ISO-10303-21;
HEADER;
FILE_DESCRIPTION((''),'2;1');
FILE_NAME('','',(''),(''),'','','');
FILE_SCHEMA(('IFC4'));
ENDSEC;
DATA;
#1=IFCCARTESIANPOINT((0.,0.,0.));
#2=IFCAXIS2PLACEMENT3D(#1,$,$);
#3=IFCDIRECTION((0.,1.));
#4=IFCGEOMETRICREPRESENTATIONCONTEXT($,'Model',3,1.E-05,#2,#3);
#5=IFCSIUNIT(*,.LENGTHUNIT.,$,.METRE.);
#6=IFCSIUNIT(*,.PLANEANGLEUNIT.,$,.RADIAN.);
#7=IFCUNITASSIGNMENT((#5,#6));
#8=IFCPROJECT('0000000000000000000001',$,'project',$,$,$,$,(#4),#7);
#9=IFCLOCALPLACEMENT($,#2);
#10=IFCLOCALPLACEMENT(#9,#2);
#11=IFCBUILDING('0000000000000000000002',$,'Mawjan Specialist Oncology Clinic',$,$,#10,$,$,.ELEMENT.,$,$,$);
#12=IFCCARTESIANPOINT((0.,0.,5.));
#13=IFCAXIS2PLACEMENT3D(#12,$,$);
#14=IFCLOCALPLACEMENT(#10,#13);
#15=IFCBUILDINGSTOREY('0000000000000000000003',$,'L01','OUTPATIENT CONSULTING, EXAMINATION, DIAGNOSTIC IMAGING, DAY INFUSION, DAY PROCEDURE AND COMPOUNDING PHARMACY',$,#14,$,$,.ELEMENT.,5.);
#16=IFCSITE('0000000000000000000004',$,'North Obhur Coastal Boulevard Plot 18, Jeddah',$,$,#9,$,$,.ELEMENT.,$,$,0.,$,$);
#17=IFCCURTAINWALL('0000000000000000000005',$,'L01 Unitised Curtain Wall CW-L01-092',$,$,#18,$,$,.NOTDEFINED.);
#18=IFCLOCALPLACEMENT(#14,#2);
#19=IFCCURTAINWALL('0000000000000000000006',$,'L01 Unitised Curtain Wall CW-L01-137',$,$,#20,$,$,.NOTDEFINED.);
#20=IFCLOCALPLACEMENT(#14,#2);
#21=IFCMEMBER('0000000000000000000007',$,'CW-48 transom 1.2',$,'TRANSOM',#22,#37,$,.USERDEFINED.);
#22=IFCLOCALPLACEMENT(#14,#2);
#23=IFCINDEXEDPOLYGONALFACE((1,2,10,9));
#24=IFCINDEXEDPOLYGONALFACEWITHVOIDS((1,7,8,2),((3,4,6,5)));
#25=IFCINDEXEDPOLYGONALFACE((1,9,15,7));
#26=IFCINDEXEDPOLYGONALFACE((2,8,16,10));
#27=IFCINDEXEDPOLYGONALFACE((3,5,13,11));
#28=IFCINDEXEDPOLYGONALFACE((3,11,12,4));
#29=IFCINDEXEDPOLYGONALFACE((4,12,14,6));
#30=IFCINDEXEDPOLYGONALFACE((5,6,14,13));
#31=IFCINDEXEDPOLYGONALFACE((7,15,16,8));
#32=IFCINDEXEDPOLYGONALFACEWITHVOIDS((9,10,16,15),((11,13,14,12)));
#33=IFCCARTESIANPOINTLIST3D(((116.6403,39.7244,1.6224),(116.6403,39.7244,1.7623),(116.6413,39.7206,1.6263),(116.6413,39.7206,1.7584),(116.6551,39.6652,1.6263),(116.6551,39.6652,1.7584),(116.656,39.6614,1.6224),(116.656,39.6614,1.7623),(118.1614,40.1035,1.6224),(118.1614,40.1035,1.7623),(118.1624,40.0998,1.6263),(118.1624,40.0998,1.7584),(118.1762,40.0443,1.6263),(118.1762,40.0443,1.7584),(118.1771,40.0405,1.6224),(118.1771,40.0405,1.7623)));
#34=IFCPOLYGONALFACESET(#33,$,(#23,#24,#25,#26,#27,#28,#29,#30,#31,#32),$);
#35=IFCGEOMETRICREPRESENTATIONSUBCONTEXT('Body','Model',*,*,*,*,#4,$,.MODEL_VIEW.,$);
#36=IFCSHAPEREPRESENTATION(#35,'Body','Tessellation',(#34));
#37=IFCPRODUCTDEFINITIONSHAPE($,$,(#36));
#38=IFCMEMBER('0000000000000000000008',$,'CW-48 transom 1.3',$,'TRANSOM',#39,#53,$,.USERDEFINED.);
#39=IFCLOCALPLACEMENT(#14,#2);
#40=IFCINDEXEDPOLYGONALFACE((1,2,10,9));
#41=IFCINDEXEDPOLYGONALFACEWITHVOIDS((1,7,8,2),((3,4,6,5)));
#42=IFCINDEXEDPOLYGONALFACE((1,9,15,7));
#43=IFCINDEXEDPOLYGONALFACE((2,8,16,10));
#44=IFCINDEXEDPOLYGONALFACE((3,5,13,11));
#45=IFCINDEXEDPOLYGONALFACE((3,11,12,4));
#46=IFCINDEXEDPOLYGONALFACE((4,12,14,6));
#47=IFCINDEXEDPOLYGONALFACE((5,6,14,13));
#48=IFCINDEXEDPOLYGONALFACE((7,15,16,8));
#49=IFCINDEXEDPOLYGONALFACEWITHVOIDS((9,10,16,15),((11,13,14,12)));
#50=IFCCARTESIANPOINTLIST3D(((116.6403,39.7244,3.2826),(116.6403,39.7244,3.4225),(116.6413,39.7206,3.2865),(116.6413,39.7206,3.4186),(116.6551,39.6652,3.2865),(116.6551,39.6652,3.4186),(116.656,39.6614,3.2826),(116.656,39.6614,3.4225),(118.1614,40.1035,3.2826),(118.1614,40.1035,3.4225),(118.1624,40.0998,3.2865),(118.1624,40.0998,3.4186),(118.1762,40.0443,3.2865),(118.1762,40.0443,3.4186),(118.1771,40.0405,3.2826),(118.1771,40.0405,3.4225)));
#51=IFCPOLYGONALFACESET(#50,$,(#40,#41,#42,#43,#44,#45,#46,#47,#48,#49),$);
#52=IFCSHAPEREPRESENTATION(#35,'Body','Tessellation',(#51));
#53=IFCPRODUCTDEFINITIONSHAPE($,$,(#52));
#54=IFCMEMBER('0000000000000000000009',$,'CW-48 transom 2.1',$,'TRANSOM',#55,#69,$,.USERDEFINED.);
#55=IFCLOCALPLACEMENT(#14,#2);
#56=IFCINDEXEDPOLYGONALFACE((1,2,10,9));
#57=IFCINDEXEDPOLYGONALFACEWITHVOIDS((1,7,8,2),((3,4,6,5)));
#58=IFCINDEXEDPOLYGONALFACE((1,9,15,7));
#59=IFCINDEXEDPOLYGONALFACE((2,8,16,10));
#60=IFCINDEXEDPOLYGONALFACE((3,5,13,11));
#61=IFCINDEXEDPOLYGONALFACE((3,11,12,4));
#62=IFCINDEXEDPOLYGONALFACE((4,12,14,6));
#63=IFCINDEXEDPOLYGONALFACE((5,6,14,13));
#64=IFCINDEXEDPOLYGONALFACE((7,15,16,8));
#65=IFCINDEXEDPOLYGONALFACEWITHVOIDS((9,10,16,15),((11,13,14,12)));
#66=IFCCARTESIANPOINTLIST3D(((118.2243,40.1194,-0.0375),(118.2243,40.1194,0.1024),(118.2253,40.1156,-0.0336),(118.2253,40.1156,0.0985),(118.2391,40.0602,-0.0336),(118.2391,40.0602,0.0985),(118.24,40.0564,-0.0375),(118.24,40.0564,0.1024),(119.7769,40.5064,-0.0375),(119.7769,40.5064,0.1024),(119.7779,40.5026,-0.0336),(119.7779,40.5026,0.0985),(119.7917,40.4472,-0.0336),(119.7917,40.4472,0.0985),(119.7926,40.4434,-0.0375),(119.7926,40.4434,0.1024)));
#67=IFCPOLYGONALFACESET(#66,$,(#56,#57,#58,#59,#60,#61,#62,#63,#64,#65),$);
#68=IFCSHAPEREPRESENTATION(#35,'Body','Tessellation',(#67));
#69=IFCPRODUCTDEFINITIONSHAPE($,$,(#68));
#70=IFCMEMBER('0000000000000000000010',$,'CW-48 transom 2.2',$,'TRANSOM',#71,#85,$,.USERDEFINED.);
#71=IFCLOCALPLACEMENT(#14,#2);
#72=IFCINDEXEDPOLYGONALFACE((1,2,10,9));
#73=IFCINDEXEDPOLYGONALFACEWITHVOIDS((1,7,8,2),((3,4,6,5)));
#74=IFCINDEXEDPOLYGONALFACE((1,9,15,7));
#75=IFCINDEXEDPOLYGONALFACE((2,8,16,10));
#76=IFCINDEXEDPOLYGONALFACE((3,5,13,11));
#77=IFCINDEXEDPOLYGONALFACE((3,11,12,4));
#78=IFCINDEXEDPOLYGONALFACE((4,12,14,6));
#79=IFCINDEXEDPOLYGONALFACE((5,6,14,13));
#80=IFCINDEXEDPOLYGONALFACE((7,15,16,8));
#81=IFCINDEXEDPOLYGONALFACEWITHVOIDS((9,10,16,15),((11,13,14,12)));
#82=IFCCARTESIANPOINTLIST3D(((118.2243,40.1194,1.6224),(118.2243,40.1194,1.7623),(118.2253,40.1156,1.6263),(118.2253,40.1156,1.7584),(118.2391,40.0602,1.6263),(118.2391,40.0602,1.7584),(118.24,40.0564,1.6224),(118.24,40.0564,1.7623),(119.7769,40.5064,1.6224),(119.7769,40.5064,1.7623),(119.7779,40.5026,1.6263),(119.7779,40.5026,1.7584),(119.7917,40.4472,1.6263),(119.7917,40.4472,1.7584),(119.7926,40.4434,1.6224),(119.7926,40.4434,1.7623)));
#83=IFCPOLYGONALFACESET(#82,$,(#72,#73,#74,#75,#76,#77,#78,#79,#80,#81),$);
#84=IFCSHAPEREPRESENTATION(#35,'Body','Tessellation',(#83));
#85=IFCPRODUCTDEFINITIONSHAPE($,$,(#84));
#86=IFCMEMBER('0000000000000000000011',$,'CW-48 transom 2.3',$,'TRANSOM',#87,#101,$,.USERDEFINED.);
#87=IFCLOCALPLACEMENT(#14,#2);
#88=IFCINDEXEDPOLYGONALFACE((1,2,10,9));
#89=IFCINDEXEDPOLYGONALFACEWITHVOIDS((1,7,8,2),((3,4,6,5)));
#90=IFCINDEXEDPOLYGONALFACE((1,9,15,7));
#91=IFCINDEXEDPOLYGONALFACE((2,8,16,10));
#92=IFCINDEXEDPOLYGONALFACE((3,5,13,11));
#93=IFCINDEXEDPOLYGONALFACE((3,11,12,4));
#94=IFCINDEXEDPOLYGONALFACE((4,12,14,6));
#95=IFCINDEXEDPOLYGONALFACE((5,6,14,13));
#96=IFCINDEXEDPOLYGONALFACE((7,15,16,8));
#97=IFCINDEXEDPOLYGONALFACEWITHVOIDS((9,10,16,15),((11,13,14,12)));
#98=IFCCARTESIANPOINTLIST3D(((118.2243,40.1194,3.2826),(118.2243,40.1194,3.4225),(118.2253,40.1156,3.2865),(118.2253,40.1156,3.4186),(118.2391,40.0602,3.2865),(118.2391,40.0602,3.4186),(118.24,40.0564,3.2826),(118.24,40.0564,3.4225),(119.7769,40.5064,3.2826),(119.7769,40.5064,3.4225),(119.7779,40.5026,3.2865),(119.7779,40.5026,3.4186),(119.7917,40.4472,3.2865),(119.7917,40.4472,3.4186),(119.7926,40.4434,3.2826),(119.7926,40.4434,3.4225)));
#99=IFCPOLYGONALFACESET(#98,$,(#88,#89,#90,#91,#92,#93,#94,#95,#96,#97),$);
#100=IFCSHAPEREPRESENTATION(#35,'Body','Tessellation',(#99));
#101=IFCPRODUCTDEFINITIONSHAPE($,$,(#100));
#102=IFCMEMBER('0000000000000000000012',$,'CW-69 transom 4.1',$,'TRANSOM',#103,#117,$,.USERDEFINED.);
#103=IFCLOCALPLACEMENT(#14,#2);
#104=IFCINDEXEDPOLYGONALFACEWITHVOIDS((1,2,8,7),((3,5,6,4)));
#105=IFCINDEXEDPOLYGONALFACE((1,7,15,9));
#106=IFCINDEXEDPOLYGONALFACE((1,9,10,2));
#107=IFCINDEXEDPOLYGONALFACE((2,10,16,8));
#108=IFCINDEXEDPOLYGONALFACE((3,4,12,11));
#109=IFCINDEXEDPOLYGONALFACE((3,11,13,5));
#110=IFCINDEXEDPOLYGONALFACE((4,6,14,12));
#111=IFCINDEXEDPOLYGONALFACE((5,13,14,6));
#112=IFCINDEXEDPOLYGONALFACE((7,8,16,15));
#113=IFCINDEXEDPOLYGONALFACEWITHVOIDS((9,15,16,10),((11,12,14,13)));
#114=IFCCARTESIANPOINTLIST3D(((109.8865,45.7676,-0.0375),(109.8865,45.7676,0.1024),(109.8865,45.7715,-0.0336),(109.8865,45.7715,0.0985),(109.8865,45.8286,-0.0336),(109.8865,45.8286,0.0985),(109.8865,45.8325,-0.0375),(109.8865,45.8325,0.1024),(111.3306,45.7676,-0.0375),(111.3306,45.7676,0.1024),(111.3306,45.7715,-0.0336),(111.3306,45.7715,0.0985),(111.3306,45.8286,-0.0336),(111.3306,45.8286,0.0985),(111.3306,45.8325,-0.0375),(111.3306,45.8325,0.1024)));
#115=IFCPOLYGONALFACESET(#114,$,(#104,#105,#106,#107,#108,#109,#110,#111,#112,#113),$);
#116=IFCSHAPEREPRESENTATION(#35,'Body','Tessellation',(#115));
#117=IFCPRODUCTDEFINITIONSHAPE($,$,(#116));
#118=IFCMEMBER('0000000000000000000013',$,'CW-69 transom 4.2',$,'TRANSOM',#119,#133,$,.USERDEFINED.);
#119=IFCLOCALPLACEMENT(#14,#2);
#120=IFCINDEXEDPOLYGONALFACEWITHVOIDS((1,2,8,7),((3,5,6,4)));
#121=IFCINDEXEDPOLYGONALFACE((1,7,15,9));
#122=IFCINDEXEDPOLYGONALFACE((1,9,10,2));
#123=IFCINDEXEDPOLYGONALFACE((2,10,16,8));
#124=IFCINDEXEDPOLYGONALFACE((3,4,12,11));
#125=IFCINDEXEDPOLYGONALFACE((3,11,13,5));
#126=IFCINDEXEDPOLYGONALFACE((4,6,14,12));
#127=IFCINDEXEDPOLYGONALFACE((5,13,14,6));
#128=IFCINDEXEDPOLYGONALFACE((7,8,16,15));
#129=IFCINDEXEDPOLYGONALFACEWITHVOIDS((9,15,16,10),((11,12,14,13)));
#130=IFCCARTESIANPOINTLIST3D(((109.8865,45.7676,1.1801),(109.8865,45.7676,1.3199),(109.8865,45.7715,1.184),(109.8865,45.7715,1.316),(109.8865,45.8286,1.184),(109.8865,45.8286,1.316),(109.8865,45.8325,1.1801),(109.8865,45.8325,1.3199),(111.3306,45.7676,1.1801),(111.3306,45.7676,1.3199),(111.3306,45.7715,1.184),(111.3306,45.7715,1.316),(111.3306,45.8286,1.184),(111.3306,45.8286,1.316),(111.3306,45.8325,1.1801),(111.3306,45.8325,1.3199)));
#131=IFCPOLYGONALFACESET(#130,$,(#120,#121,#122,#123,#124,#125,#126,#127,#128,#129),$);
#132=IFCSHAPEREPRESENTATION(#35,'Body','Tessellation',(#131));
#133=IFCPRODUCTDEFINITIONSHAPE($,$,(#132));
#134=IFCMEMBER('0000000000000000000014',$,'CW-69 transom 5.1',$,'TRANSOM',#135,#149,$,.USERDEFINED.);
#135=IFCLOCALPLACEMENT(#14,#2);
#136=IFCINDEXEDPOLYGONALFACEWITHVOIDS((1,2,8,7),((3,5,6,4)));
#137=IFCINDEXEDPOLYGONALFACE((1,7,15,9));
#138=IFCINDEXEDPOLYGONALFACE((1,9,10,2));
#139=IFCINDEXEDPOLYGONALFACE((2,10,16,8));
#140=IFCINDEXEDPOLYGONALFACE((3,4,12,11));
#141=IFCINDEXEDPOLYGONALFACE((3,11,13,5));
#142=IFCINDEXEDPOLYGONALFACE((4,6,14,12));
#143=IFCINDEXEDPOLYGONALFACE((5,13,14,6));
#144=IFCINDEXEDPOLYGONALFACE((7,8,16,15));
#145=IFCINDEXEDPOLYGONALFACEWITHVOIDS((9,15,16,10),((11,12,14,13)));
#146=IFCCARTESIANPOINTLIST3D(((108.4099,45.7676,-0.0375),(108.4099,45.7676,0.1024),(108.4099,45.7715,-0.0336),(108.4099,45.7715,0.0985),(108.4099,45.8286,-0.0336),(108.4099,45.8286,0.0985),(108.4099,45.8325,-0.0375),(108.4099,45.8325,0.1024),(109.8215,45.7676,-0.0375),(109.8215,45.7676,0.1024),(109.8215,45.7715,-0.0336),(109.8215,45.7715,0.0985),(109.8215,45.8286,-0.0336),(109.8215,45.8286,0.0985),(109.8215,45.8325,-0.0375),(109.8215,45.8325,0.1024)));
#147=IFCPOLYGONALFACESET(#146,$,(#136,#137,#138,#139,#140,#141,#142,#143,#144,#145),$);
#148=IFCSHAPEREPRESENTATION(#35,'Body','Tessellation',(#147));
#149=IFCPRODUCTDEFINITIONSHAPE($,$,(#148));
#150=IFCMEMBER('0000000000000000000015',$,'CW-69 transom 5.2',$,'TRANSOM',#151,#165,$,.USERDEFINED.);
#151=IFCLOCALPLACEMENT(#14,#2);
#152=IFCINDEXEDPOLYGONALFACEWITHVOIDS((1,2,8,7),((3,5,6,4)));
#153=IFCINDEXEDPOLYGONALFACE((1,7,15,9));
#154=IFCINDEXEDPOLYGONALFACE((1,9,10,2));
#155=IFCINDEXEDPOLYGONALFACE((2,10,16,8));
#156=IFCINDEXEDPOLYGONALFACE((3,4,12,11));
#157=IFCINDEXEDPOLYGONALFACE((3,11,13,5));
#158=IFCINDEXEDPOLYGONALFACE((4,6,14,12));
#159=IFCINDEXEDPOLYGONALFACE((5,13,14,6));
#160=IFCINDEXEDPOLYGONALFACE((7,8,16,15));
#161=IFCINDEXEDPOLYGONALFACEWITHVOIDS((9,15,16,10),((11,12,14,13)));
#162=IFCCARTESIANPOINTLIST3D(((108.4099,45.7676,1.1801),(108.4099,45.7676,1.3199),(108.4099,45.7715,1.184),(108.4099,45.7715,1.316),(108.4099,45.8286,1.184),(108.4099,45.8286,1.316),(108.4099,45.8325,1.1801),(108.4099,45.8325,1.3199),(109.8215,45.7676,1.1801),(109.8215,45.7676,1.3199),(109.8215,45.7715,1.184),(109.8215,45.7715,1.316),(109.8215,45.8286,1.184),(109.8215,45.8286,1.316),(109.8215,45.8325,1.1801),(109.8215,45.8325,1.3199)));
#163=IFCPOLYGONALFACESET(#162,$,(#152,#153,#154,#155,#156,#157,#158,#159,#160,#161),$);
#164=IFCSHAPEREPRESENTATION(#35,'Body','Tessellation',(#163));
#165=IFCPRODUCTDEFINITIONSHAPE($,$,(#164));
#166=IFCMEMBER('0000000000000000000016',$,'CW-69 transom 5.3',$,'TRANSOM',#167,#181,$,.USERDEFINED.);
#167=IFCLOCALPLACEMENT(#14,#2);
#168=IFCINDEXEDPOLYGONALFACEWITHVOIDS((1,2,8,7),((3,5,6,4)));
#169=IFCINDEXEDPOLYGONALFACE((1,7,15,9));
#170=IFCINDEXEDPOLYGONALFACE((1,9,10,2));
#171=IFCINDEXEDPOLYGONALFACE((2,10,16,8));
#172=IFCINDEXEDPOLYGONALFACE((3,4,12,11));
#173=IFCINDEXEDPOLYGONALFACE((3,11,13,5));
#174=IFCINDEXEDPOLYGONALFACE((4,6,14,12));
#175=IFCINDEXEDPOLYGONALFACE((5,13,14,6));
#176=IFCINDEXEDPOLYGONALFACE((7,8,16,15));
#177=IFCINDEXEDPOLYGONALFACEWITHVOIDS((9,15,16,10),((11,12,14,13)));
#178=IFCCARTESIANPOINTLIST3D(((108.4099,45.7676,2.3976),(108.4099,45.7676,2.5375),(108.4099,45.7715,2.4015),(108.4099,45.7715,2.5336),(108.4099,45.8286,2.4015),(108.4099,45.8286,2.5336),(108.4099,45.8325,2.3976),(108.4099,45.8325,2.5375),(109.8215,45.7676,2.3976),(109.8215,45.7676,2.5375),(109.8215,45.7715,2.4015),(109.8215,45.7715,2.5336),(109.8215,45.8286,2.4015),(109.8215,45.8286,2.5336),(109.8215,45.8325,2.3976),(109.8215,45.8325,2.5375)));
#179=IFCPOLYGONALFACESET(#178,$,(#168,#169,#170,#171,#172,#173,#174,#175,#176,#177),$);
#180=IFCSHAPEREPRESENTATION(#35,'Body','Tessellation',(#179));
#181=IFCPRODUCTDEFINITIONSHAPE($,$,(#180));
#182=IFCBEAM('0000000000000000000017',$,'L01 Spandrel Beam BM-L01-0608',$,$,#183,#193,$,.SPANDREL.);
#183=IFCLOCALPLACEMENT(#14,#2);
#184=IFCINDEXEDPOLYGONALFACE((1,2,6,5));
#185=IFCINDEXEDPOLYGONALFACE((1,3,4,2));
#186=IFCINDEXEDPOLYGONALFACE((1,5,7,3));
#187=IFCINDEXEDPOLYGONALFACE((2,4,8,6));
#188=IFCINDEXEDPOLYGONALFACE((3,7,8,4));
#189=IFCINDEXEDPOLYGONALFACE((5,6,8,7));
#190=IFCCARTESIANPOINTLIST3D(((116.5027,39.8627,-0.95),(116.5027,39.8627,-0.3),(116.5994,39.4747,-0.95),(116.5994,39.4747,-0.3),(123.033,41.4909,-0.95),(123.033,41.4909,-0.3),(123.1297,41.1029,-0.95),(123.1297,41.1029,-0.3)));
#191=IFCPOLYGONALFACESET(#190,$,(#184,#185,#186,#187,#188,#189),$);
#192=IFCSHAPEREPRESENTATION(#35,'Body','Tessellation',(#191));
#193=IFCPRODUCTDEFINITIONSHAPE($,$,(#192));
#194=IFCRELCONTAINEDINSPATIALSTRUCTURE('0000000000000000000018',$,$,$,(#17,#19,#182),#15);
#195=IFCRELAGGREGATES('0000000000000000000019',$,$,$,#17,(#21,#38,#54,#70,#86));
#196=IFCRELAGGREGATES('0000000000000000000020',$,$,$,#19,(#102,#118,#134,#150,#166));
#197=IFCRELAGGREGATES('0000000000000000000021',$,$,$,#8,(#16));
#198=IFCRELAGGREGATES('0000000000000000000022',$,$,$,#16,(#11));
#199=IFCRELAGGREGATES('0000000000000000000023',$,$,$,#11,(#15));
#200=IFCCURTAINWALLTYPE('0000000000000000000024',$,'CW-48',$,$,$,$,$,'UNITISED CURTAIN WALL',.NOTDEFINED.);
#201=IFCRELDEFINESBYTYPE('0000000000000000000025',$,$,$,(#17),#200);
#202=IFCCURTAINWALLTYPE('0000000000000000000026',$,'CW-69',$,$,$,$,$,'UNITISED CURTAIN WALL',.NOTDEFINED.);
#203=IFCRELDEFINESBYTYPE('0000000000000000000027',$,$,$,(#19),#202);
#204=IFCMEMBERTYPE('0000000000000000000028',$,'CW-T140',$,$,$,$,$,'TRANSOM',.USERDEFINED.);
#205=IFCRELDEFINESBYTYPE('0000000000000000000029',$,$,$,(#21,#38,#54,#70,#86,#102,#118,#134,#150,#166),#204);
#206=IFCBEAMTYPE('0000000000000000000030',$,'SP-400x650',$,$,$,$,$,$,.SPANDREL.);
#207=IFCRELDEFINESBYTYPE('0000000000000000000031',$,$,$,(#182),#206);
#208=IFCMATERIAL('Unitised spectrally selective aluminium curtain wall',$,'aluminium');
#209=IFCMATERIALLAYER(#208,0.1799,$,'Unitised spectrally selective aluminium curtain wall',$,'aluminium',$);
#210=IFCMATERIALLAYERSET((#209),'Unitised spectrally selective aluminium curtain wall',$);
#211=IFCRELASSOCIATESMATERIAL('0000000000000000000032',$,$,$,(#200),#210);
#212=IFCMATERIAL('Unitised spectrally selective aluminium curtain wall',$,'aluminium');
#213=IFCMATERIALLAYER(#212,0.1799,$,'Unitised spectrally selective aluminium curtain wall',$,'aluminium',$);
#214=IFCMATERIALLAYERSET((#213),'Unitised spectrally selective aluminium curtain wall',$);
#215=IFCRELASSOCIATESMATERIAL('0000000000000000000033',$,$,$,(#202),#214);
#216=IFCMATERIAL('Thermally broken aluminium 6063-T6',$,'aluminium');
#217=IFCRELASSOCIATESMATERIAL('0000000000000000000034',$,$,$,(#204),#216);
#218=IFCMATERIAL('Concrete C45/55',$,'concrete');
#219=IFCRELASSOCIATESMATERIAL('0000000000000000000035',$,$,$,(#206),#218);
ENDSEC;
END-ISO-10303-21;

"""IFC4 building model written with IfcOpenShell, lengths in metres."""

from ifc_helpers import new_model, si_unit, direction, frame, origin, origin_2d, place, context, subcontext, project, spatial, rectangle, hollow_rectangle, extrude, material, layer, layer_set, material_profile, profile_set, type_object, element, aggregate, save


model = new_model("IFC4")

# Units and contexts
model_context = context("Model", 3, precision=1e-05, world=origin(), true_north=direction((0.0, 1.0)))
body_context = subcontext(model_context, "Body", "Model", "MODEL_VIEW")
ifc_project = project(units=[si_unit("LENGTHUNIT", "METRE"), si_unit("PLANEANGLEUNIT", "RADIAN")], contexts=[model_context])

# Site, building, storey
site_placement = place(None, origin())
site = spatial("IfcSite", under=ifc_project, at=site_placement, Name="North Obhur Coastal Boulevard Plot 18, Jeddah", CompositionType="ELEMENT", RefElevation=0.0)
building_placement = place(site_placement, origin())
building = spatial("IfcBuilding", under=site, at=building_placement, Name="Mawjan Specialist Oncology Clinic", CompositionType="ELEMENT")
storey_placement = place(building_placement, frame((0.0, 0.0, 5.0)))
storey = spatial("IfcBuildingStorey", under=building, at=storey_placement, Name="L01", Description="OUTPATIENT CONSULTING, EXAMINATION, DIAGNOSTIC IMAGING, DAY INFUSION, DAY PROCEDURE AND COMPOUNDING PHARMACY", CompositionType="ELEMENT", Elevation=5.0)

# Curtain walls
ifc_material_1 = material(Name="Unitised spectrally selective aluminium curtain wall", Category="aluminium")
ifc_layer_1 = layer(ifc_material_1, 0.1799, Name="Unitised spectrally selective aluminium curtain wall", Category="aluminium")
ifc_layer_set_1 = layer_set([ifc_layer_1], Name="Unitised spectrally selective aluminium curtain wall")
curtain_wall_type_1 = type_object("IfcCurtainWallType", Name="CW-48", ElementType="UNITISED CURTAIN WALL", PredefinedType="NOTDEFINED", material=ifc_layer_set_1)
curtain_wall_1_placement = place(storey_placement, origin())
curtain_wall_1 = element("IfcCurtainWall", 1, at=curtain_wall_1_placement, inside=storey, type_object=curtain_wall_type_1, Name="L01 Unitised Curtain Wall CW-L01-092", PredefinedType="NOTDEFINED")
ifc_material_2 = material(Name="Unitised spectrally selective aluminium curtain wall", Category="aluminium")
ifc_layer_2 = layer(ifc_material_2, 0.1799, Name="Unitised spectrally selective aluminium curtain wall", Category="aluminium")
ifc_layer_set_2 = layer_set([ifc_layer_2], Name="Unitised spectrally selective aluminium curtain wall")
curtain_wall_type_2 = type_object("IfcCurtainWallType", Name="CW-69", ElementType="UNITISED CURTAIN WALL", PredefinedType="NOTDEFINED", material=ifc_layer_set_2)
curtain_wall_2_placement = place(storey_placement, origin())
curtain_wall_2 = element("IfcCurtainWall", 2, at=curtain_wall_2_placement, inside=storey, type_object=curtain_wall_type_2, Name="L01 Unitised Curtain Wall CW-L01-137", PredefinedType="NOTDEFINED")

# Members
ifc_material_3 = material(Name="Thermally broken aluminium 6063-T6", Category="aluminium")
ifc_material_profile_1 = material_profile(ifc_material_3, hollow_rectangle(XDim=0.0649, YDim=0.1399, WallThickness=0.0039, at=origin_2d()), Name="ALU TRANSOM 140x65x4", Category="aluminium")
ifc_profile_set_1 = profile_set([ifc_material_profile_1], Name="Thermally broken aluminium 6063-T6")
member_type_1 = type_object("IfcMemberType", Name="CW-T140", ElementType="TRANSOM", PredefinedType="USERDEFINED", material=ifc_profile_set_1)
member_1_placement = place(storey_placement, frame((116.6482, 39.6929, 1.6924), z_axis=(0.970307, 0.241876, 0.0), x_axis=(-0.241876, 0.970307, 0.0)))
member_1 = element("IfcMember", 3, at=member_1_placement, type_object=member_type_1, Name="CW-48 transom 1.2", ObjectType="TRANSOM", PredefinedType="USERDEFINED", context=body_context, shape_type="SweptSolid", body=[
    extrude(hollow_rectangle(XDim=0.0649, YDim=0.1399, WallThickness=0.0039, at=origin_2d()), origin(), (0.0, 0.0, 1.0), 1.5676),
])
member_2_placement = place(storey_placement, frame((116.6482, 39.6929, 3.3525), z_axis=(0.970307, 0.241876, 0.0), x_axis=(-0.241876, 0.970307, 0.0)))
member_2 = element("IfcMember", 4, at=member_2_placement, type_object=member_type_1, Name="CW-48 transom 1.3", ObjectType="TRANSOM", PredefinedType="USERDEFINED", context=body_context, shape_type="SweptSolid", body=[
    extrude(hollow_rectangle(XDim=0.0649, YDim=0.1399, WallThickness=0.0039, at=origin_2d()), origin(), (0.0, 0.0, 1.0), 1.5676),
])
member_3_placement = place(storey_placement, frame((118.2322, 40.0879, 0.0325), z_axis=(0.970313, 0.241853, 0.0), x_axis=(-0.241853, 0.970313, 0.0)))
member_3 = element("IfcMember", 5, at=member_3_placement, type_object=member_type_1, Name="CW-48 transom 2.1", ObjectType="TRANSOM", PredefinedType="USERDEFINED", context=body_context, shape_type="SweptSolid", body=[
    extrude(hollow_rectangle(XDim=0.0649, YDim=0.1399, WallThickness=0.0039, at=origin_2d()), origin(), (0.0, 0.0, 1.0), 1.6001),
])
member_4_placement = place(storey_placement, frame((118.2322, 40.0879, 1.6924), z_axis=(0.970313, 0.241853, 0.0), x_axis=(-0.241853, 0.970313, 0.0)))
member_4 = element("IfcMember", 6, at=member_4_placement, type_object=member_type_1, Name="CW-48 transom 2.2", ObjectType="TRANSOM", PredefinedType="USERDEFINED", context=body_context, shape_type="SweptSolid", body=[
    extrude(hollow_rectangle(XDim=0.0649, YDim=0.1399, WallThickness=0.0039, at=origin_2d()), origin(), (0.0, 0.0, 1.0), 1.6001),
])
member_5_placement = place(storey_placement, frame((118.2322, 40.0879, 3.3525), z_axis=(0.970313, 0.241853, 0.0), x_axis=(-0.241853, 0.970313, 0.0)))
member_5 = element("IfcMember", 7, at=member_5_placement, type_object=member_type_1, Name="CW-48 transom 2.3", ObjectType="TRANSOM", PredefinedType="USERDEFINED", context=body_context, shape_type="SweptSolid", body=[
    extrude(hollow_rectangle(XDim=0.0649, YDim=0.1399, WallThickness=0.0039, at=origin_2d()), origin(), (0.0, 0.0, 1.0), 1.6001),
])
member_6_placement = place(storey_placement, frame((111.3306, 45.8, 0.0325), z_axis=(-1.0, 0.0, 0.0), x_axis=(0.0, -1.0, 0.0)))
member_6 = element("IfcMember", 8, at=member_6_placement, type_object=member_type_1, Name="CW-69 transom 4.1", ObjectType="TRANSOM", PredefinedType="USERDEFINED", context=body_context, shape_type="SweptSolid", body=[
    extrude(hollow_rectangle(XDim=0.0649, YDim=0.1399, WallThickness=0.0039, at=origin_2d()), origin(), (0.0, 0.0, 1.0), 1.4441),
])
member_7_placement = place(storey_placement, frame((111.3306, 45.8, 1.25), z_axis=(-1.0, 0.0, 0.0), x_axis=(0.0, -1.0, 0.0)))
member_7 = element("IfcMember", 9, at=member_7_placement, type_object=member_type_1, Name="CW-69 transom 4.2", ObjectType="TRANSOM", PredefinedType="USERDEFINED", context=body_context, shape_type="SweptSolid", body=[
    extrude(hollow_rectangle(XDim=0.0649, YDim=0.1399, WallThickness=0.0039, at=origin_2d()), origin(), (0.0, 0.0, 1.0), 1.4441),
])
member_8_placement = place(storey_placement, frame((109.8215, 45.8, 0.0325), z_axis=(-1.0, 0.0, 0.0), x_axis=(0.0, -1.0, 0.0)))
member_8 = element("IfcMember", 10, at=member_8_placement, type_object=member_type_1, Name="CW-69 transom 5.1", ObjectType="TRANSOM", PredefinedType="USERDEFINED", context=body_context, shape_type="SweptSolid", body=[
    extrude(hollow_rectangle(XDim=0.0649, YDim=0.1399, WallThickness=0.0039, at=origin_2d()), origin(), (0.0, 0.0, 1.0), 1.4116),
])
member_9_placement = place(storey_placement, frame((109.8215, 45.8, 1.25), z_axis=(-1.0, 0.0, 0.0), x_axis=(0.0, -1.0, 0.0)))
member_9 = element("IfcMember", 11, at=member_9_placement, type_object=member_type_1, Name="CW-69 transom 5.2", ObjectType="TRANSOM", PredefinedType="USERDEFINED", context=body_context, shape_type="SweptSolid", body=[
    extrude(hollow_rectangle(XDim=0.0649, YDim=0.1399, WallThickness=0.0039, at=origin_2d()), origin(), (0.0, 0.0, 1.0), 1.4116),
])
member_10_placement = place(storey_placement, frame((109.8215, 45.8, 2.4675), z_axis=(-1.0, 0.0, 0.0), x_axis=(0.0, -1.0, 0.0)))
member_10 = element("IfcMember", 12, at=member_10_placement, type_object=member_type_1, Name="CW-69 transom 5.3", ObjectType="TRANSOM", PredefinedType="USERDEFINED", context=body_context, shape_type="SweptSolid", body=[
    extrude(hollow_rectangle(XDim=0.0649, YDim=0.1399, WallThickness=0.0039, at=origin_2d()), origin(), (0.0, 0.0, 1.0), 1.4116),
])

# Beam
ifc_material_4 = material(Name="Concrete C45/55", Category="concrete")
ifc_material_profile_2 = material_profile(ifc_material_4, rectangle(XDim=0.3999, YDim=0.6499, at=origin_2d()), Name="RC BM 400x650", Category="concrete")
ifc_profile_set_2 = profile_set([ifc_material_profile_2], Name="Concrete C45/55")
beam_type_1 = type_object("IfcBeamType", Name="SP-400x650", PredefinedType="SPANDREL", material=ifc_profile_set_2)
beam_1_placement = place(storey_placement, frame((116.551, 39.6687, -0.625), z_axis=(0.970296, 0.241921, 0.0), x_axis=(-0.241921, 0.970296, 0.0)))
element("IfcBeam", 13, at=beam_1_placement, inside=storey, type_object=beam_type_1, Name="L01 Spandrel Beam BM-L01-0608", PredefinedType="SPANDREL", context=body_context, shape_type="SweptSolid", body=[
    extrude(rectangle(XDim=0.3999, YDim=0.6499, at=origin_2d()), origin(), (0.0, 0.0, 1.0), 6.7302),
])

aggregate(curtain_wall_1, [member_1, member_2, member_3, member_4, member_5])
aggregate(curtain_wall_2, [member_6, member_7, member_8, member_9, member_10])

save(model, "model.ifc")
